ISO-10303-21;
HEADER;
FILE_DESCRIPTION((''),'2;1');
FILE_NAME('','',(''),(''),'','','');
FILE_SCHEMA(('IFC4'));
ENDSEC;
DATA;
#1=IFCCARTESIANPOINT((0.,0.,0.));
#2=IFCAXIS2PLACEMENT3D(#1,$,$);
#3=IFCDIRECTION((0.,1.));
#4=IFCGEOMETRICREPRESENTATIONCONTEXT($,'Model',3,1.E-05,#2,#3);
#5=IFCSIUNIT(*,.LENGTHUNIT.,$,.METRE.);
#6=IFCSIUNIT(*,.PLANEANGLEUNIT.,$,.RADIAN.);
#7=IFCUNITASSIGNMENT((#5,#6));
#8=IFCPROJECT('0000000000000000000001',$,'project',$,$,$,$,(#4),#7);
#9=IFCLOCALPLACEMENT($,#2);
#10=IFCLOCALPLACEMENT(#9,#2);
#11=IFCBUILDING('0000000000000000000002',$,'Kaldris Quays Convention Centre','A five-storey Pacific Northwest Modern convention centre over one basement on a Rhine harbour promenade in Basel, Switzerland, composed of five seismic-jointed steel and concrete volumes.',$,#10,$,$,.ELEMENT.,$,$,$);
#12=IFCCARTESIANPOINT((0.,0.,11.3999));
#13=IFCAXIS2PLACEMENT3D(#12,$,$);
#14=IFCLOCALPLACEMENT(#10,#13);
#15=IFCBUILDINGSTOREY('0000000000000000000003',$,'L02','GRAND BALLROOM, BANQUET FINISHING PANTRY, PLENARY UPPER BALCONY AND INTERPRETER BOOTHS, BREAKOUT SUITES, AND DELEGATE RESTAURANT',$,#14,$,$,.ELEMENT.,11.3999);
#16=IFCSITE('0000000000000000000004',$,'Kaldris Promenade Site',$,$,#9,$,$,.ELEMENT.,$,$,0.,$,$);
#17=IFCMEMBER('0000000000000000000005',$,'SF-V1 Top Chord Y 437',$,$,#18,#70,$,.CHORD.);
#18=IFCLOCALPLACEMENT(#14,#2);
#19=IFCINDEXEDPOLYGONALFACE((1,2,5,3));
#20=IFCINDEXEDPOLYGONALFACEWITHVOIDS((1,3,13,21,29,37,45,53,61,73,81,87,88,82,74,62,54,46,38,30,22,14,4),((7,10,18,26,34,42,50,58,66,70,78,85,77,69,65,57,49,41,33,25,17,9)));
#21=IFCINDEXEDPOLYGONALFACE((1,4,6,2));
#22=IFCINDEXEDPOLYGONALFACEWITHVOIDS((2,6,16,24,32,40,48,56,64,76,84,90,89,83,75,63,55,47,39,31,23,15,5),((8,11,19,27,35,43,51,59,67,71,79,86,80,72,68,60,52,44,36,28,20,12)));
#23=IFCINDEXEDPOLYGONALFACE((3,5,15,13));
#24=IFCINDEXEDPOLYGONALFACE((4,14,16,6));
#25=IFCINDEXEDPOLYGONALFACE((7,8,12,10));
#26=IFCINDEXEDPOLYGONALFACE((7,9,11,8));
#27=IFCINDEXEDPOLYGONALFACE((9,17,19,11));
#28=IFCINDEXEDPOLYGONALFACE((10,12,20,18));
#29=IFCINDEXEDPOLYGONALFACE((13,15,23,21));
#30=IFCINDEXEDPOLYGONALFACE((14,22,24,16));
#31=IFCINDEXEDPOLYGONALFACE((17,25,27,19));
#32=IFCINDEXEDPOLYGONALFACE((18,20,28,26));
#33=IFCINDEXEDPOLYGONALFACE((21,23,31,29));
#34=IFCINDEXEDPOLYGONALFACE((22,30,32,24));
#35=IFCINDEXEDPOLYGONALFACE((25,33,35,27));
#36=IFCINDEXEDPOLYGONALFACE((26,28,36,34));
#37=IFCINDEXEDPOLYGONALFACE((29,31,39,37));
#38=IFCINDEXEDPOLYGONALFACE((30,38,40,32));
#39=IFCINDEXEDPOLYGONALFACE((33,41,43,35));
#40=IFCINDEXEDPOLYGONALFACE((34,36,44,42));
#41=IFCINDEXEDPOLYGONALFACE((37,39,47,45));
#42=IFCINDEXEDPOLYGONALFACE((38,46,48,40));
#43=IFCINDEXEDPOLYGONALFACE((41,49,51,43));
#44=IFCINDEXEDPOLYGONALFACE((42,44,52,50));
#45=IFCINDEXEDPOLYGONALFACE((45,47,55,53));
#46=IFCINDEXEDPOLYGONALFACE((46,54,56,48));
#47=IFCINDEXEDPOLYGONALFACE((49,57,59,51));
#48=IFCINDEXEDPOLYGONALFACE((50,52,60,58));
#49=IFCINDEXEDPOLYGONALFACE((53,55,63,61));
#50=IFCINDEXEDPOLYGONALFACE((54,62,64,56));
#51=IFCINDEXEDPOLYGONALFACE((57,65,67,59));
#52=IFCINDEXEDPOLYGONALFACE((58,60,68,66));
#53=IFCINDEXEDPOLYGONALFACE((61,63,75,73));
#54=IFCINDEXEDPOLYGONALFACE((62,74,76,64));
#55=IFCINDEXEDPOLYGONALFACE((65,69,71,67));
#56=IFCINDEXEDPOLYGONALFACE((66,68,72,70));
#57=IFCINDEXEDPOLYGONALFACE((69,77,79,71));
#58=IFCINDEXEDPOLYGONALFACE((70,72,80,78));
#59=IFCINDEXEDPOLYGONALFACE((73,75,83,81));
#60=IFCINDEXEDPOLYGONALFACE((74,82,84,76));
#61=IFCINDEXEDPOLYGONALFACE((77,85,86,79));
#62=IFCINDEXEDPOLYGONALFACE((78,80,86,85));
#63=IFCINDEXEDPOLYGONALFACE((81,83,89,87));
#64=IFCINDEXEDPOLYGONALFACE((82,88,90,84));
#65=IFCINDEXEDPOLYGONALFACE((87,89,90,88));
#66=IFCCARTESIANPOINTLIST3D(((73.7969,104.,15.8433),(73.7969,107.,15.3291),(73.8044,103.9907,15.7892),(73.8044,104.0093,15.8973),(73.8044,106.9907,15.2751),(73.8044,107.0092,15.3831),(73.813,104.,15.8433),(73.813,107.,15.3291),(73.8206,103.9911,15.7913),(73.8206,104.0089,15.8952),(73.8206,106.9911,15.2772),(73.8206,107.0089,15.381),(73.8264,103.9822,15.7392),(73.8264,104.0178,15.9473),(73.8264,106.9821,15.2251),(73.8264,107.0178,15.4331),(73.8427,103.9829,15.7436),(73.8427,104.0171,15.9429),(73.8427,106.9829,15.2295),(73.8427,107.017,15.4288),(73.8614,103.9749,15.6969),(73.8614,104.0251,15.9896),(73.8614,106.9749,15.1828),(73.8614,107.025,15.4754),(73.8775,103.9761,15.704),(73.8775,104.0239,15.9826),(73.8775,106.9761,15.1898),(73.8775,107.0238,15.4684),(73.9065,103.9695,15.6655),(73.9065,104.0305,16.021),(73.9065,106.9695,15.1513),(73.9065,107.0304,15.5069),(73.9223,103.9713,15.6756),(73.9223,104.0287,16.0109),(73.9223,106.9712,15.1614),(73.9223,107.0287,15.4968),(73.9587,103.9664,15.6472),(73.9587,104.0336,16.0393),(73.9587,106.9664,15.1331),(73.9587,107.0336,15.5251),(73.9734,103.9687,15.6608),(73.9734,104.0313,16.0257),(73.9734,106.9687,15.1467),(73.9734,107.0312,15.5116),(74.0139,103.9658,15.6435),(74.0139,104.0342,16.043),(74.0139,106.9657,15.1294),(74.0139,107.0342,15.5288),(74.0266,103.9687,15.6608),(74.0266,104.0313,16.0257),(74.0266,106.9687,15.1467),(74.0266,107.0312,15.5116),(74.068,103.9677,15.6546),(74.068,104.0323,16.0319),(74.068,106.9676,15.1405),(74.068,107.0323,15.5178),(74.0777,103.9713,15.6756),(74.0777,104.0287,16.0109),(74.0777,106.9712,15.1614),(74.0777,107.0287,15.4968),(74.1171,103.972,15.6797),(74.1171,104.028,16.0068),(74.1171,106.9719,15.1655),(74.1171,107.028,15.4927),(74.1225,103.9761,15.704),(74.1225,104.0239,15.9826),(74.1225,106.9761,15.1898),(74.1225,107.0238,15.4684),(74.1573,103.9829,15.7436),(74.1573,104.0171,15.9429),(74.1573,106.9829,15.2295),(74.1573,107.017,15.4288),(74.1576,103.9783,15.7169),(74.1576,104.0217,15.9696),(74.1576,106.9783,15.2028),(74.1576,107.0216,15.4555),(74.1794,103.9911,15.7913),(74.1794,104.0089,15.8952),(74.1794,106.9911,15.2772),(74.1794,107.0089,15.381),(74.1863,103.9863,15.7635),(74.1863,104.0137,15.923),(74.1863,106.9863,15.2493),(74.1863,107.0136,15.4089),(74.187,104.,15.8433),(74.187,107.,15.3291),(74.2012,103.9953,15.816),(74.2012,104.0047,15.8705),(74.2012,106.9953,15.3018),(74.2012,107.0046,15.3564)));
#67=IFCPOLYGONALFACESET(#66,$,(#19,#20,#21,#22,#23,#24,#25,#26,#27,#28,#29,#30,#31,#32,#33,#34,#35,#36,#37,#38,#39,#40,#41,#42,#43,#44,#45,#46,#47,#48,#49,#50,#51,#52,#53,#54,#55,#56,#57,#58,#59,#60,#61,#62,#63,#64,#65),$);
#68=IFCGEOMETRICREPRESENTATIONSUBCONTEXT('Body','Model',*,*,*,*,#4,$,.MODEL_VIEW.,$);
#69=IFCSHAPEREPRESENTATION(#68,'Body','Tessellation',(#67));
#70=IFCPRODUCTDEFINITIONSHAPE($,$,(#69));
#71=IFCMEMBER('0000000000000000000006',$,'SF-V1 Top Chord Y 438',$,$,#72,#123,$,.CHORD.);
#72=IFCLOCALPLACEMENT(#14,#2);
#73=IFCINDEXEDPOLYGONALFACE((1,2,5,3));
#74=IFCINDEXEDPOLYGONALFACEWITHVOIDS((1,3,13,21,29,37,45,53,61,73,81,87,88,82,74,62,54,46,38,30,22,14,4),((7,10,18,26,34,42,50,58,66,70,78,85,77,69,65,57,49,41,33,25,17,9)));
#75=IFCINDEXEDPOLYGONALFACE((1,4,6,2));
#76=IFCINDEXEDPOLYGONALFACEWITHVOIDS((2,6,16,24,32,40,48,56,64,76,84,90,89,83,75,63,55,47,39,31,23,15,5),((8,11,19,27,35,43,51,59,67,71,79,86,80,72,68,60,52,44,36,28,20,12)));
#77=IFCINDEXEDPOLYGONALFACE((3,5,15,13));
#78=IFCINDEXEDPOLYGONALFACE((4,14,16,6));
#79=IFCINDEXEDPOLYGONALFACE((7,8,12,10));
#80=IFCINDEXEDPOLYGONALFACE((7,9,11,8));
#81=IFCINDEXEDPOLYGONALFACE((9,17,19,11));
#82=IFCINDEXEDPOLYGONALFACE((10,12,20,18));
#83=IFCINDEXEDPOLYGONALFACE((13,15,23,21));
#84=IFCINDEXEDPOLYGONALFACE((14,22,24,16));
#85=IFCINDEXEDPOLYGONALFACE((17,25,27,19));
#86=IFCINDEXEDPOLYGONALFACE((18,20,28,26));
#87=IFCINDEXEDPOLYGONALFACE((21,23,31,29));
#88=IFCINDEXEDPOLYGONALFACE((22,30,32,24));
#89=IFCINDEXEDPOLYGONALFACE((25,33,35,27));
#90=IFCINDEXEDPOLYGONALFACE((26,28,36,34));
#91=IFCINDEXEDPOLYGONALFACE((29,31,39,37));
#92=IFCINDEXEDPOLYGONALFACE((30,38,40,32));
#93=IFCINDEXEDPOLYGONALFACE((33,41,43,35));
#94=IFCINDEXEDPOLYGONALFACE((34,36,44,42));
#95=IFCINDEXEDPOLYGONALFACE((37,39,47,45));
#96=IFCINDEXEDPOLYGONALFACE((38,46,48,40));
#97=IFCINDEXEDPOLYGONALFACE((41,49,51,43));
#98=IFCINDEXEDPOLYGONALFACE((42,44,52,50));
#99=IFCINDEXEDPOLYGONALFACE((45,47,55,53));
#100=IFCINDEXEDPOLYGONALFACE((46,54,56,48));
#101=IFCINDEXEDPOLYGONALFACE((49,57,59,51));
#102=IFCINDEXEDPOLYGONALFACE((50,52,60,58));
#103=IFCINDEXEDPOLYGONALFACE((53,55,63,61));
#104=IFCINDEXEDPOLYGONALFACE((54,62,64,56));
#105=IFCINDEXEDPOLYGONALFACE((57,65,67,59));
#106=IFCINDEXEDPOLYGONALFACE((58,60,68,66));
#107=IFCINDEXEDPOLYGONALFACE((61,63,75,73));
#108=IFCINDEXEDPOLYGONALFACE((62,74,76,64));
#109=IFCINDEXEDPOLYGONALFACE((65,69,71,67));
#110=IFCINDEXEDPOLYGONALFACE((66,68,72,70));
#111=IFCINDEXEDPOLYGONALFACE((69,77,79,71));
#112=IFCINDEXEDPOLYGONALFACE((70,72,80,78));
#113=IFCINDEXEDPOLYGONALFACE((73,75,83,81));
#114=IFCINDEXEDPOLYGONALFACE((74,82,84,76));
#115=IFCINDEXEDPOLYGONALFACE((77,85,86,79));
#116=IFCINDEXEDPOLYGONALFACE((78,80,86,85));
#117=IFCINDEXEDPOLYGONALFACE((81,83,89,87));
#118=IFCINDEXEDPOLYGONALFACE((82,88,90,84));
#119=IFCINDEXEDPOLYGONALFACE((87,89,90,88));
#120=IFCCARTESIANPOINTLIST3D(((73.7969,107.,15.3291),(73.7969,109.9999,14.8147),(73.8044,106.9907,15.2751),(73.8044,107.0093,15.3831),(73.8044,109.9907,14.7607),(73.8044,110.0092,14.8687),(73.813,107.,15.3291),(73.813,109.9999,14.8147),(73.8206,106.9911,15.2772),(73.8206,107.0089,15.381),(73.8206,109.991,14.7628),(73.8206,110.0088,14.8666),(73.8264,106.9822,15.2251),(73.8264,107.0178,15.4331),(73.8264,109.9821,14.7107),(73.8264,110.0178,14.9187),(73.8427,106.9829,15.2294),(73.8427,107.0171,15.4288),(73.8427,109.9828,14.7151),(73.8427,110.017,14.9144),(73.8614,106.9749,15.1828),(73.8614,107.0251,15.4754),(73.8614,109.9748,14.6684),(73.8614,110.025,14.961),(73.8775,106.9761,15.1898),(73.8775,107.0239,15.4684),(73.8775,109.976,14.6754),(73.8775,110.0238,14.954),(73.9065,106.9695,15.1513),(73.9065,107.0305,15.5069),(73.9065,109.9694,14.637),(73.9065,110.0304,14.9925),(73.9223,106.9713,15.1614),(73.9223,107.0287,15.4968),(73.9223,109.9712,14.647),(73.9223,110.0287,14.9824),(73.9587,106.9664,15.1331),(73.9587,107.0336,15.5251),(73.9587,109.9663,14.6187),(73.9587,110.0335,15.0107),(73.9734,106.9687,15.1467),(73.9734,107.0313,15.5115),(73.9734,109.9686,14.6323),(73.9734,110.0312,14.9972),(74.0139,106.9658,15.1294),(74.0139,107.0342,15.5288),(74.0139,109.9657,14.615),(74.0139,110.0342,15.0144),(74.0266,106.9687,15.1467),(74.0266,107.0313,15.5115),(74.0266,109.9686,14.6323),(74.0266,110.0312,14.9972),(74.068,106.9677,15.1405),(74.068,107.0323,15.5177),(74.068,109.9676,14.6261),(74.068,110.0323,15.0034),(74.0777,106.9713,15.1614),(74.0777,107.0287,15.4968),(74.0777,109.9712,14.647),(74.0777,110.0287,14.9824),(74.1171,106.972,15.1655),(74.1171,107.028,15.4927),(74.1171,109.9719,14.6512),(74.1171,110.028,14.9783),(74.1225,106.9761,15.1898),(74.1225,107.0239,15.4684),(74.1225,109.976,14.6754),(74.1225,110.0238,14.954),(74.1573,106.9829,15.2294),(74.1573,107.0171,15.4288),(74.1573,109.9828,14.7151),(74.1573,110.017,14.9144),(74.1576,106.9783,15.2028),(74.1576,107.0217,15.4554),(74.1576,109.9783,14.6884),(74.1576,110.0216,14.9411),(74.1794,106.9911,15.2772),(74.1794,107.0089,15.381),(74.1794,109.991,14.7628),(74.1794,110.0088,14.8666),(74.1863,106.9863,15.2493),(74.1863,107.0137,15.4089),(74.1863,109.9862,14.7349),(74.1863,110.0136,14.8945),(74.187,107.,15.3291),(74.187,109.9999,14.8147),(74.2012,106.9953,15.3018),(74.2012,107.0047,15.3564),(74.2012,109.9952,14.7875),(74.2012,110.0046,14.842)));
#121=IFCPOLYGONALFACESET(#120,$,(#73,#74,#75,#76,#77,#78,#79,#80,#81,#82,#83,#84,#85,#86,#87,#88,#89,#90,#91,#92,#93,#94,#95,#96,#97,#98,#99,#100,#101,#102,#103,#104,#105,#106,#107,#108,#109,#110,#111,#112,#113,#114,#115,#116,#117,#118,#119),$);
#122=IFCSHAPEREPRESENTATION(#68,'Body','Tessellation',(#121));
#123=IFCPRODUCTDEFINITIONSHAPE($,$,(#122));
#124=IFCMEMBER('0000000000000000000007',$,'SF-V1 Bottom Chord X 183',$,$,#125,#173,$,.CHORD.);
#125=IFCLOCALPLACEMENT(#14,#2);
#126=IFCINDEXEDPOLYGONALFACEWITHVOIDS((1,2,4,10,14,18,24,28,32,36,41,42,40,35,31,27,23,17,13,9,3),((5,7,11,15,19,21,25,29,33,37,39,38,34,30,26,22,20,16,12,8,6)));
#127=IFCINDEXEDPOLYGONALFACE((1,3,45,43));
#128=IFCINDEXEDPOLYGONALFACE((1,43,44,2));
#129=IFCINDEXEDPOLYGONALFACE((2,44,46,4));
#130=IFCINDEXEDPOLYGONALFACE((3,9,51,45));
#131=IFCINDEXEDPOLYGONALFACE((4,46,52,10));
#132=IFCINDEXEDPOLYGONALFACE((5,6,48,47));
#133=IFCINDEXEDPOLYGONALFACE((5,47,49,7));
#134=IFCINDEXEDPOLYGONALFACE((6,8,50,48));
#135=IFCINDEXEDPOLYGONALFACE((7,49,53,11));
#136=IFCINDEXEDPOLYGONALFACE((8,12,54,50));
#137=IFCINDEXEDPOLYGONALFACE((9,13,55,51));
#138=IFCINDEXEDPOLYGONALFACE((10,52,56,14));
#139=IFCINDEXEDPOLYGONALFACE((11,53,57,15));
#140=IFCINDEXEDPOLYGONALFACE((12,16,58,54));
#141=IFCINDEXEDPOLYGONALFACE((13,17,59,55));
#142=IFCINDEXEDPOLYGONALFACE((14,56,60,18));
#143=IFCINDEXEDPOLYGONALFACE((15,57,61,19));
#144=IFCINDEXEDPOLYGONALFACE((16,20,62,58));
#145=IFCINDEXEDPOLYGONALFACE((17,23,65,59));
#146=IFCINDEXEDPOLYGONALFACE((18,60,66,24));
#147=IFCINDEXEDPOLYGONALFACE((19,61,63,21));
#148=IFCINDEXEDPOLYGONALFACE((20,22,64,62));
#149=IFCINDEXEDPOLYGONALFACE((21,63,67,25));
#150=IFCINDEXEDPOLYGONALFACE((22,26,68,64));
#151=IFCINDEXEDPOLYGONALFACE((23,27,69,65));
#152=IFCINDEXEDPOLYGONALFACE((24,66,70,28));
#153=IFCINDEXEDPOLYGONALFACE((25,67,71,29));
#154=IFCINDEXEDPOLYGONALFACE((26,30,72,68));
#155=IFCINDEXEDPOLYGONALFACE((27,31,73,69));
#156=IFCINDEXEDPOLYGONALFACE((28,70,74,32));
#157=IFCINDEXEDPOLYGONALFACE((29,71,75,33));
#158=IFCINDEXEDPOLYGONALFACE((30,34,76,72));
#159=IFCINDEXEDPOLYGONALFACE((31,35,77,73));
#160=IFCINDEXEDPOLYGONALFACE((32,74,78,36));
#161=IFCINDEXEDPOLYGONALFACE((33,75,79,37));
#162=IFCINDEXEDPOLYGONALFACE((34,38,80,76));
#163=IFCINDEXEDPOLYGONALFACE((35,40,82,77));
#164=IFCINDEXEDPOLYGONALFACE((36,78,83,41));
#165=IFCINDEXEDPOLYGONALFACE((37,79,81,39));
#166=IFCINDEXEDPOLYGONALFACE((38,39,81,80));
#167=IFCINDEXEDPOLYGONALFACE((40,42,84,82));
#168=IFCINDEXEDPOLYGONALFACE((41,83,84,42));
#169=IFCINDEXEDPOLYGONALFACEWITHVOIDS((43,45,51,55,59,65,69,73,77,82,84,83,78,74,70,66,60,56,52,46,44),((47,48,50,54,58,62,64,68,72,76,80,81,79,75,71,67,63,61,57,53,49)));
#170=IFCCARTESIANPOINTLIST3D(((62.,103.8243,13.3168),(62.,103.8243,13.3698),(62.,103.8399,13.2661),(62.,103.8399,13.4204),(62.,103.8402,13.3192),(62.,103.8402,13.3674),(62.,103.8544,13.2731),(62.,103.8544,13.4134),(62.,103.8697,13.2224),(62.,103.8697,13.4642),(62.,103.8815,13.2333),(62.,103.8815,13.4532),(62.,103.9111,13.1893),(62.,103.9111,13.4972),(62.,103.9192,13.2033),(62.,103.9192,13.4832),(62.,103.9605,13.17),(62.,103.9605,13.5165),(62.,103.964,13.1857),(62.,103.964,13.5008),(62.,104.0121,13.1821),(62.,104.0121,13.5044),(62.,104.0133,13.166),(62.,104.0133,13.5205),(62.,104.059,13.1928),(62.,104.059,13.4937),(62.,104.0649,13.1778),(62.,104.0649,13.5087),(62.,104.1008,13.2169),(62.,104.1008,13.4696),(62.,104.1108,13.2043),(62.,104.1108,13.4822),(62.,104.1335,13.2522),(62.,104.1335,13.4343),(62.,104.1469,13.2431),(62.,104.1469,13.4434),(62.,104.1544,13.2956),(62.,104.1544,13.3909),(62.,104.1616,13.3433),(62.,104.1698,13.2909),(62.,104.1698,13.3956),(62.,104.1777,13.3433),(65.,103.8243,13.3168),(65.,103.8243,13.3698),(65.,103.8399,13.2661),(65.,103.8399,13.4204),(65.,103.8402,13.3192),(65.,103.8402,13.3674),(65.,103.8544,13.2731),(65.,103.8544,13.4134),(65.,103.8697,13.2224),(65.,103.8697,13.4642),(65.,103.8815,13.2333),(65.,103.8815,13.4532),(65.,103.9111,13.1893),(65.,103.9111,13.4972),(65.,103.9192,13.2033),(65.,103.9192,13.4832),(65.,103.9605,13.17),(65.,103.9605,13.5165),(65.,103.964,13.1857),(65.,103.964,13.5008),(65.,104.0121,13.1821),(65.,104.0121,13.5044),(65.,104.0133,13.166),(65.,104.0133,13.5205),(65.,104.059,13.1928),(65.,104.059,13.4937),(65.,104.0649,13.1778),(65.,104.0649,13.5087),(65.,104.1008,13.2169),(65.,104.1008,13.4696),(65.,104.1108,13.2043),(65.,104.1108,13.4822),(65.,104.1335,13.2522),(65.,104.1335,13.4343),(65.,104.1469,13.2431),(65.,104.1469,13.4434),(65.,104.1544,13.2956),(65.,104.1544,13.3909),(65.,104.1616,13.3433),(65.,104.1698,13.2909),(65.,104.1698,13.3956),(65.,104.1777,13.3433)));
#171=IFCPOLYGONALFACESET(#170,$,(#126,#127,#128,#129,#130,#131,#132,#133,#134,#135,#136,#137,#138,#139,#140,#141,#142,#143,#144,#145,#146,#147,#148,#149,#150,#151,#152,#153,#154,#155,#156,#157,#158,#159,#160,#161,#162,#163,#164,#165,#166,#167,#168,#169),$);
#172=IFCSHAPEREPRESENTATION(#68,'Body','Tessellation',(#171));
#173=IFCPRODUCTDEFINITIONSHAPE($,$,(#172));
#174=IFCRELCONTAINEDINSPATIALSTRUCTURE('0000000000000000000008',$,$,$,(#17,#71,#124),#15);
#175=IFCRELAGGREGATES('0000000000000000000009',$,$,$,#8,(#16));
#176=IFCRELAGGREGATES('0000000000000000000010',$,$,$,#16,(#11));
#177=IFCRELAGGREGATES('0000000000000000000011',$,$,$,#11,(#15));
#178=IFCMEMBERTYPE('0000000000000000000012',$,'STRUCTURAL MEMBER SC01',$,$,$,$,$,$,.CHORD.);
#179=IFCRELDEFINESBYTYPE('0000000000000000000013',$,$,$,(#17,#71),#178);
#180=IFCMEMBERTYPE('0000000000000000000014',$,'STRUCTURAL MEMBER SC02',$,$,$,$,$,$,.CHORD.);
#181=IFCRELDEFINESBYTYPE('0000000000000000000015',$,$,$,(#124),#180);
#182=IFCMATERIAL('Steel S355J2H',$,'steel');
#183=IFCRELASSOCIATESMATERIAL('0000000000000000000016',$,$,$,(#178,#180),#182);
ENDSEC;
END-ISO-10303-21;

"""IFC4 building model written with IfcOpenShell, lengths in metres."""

from ifc_helpers import new_model, si_unit, direction, frame, origin, origin_2d, place, context, subcontext, project, spatial, hollow_circle, extrude, material, material_profile, profile_set, type_object, element, save


model = new_model("IFC4")

# Units and contexts
model_context = context("Model", 3, precision=1e-05, world=origin(), true_north=direction((0.0, 1.0)))
body_context = subcontext(model_context, "Body", "Model", "MODEL_VIEW")
ifc_project = project(units=[si_unit("LENGTHUNIT", "METRE"), si_unit("PLANEANGLEUNIT", "RADIAN")], contexts=[model_context])

# Site, building, storey
site_placement = place(None, origin())
site = spatial("IfcSite", under=ifc_project, at=site_placement, Name="Kaldris Promenade Site", CompositionType="ELEMENT", RefElevation=0.0)
building_placement = place(site_placement, origin())
building = spatial("IfcBuilding", under=site, at=building_placement, Name="Kaldris Quays Convention Centre", Description="A five-storey Pacific Northwest Modern convention centre over one basement on a Rhine harbour promenade in Basel, Switzerland, composed of five seismic-jointed steel and concrete volumes.", CompositionType="ELEMENT")
storey_placement = place(building_placement, frame((0.0, 0.0, 11.3999)))
storey = spatial("IfcBuildingStorey", under=building, at=storey_placement, Name="L02", Description="GRAND BALLROOM, BANQUET FINISHING PANTRY, PLENARY UPPER BALCONY AND INTERPRETER BOOTHS, BREAKOUT SUITES, AND DELEGATE RESTAURANT", CompositionType="ELEMENT", Elevation=11.3999)

# Members
ifc_material_1 = material(Name="Steel S355J2H", Category="steel")
ifc_material_profile_1 = material_profile(ifc_material_1, hollow_circle(Radius=0.2031, WallThickness=0.0161, at=origin_2d()), Name="CHS 406.4x16")
ifc_profile_set_1 = profile_set([ifc_material_profile_1], Name="Steel S355J2H")
member_type_1 = type_object("IfcMemberType", Name="STRUCTURAL MEMBER SC01", PredefinedType="CHORD", material=ifc_profile_set_1)
for number, where, z_axis, x_axis, name in (
    (1, (74.0, 104.0, 15.8433), (0.0, 0.985629, -0.168924), (-1.0, 0.0, 0.0), "SF-V1 Top Chord Y 437"),
    (2, (74.0, 107.0, 15.3291), (0.0, 0.985616, -0.169002), (-1.0, 0.0, 0.0), "SF-V1 Top Chord Y 438"),
):
    element("IfcMember", number, at=place(storey_placement, frame(where, z_axis=z_axis, x_axis=x_axis)), inside=storey, type_object=member_type_1, Name=name, PredefinedType="CHORD", context=body_context, shape_type="SweptSolid", body=[
        extrude(hollow_circle(Radius=0.2031, WallThickness=0.0161, at=origin_2d()), origin(), (0.0, 0.0, 1.0), 3.0437),
    ])
ifc_material_profile_2 = material_profile(ifc_material_1, hollow_circle(Radius=0.1777, WallThickness=0.0161, at=origin_2d()), Name="CHS 355.6x16")
ifc_profile_set_2 = profile_set([ifc_material_profile_2], Name="Steel S355J2H")
member_type_2 = type_object("IfcMemberType", Name="STRUCTURAL MEMBER SC02", PredefinedType="CHORD", material=ifc_profile_set_2)
for number, where, z_axis, x_axis, name in (
    (3, (62.0, 104.0, 13.3433), (1.0, 0.0, 0.0), (0.0, 1.0, 0.0), "SF-V1 Bottom Chord X 183"),
):
    element("IfcMember", number, at=place(storey_placement, frame(where, z_axis=z_axis, x_axis=x_axis)), inside=storey, type_object=member_type_2, Name=name, PredefinedType="CHORD", context=body_context, shape_type="SweptSolid", body=[
        extrude(hollow_circle(Radius=0.1777, WallThickness=0.0161, at=origin_2d()), origin(), (0.0, 0.0, 1.0), 3.0),
    ])

save(model, "model.ifc")
